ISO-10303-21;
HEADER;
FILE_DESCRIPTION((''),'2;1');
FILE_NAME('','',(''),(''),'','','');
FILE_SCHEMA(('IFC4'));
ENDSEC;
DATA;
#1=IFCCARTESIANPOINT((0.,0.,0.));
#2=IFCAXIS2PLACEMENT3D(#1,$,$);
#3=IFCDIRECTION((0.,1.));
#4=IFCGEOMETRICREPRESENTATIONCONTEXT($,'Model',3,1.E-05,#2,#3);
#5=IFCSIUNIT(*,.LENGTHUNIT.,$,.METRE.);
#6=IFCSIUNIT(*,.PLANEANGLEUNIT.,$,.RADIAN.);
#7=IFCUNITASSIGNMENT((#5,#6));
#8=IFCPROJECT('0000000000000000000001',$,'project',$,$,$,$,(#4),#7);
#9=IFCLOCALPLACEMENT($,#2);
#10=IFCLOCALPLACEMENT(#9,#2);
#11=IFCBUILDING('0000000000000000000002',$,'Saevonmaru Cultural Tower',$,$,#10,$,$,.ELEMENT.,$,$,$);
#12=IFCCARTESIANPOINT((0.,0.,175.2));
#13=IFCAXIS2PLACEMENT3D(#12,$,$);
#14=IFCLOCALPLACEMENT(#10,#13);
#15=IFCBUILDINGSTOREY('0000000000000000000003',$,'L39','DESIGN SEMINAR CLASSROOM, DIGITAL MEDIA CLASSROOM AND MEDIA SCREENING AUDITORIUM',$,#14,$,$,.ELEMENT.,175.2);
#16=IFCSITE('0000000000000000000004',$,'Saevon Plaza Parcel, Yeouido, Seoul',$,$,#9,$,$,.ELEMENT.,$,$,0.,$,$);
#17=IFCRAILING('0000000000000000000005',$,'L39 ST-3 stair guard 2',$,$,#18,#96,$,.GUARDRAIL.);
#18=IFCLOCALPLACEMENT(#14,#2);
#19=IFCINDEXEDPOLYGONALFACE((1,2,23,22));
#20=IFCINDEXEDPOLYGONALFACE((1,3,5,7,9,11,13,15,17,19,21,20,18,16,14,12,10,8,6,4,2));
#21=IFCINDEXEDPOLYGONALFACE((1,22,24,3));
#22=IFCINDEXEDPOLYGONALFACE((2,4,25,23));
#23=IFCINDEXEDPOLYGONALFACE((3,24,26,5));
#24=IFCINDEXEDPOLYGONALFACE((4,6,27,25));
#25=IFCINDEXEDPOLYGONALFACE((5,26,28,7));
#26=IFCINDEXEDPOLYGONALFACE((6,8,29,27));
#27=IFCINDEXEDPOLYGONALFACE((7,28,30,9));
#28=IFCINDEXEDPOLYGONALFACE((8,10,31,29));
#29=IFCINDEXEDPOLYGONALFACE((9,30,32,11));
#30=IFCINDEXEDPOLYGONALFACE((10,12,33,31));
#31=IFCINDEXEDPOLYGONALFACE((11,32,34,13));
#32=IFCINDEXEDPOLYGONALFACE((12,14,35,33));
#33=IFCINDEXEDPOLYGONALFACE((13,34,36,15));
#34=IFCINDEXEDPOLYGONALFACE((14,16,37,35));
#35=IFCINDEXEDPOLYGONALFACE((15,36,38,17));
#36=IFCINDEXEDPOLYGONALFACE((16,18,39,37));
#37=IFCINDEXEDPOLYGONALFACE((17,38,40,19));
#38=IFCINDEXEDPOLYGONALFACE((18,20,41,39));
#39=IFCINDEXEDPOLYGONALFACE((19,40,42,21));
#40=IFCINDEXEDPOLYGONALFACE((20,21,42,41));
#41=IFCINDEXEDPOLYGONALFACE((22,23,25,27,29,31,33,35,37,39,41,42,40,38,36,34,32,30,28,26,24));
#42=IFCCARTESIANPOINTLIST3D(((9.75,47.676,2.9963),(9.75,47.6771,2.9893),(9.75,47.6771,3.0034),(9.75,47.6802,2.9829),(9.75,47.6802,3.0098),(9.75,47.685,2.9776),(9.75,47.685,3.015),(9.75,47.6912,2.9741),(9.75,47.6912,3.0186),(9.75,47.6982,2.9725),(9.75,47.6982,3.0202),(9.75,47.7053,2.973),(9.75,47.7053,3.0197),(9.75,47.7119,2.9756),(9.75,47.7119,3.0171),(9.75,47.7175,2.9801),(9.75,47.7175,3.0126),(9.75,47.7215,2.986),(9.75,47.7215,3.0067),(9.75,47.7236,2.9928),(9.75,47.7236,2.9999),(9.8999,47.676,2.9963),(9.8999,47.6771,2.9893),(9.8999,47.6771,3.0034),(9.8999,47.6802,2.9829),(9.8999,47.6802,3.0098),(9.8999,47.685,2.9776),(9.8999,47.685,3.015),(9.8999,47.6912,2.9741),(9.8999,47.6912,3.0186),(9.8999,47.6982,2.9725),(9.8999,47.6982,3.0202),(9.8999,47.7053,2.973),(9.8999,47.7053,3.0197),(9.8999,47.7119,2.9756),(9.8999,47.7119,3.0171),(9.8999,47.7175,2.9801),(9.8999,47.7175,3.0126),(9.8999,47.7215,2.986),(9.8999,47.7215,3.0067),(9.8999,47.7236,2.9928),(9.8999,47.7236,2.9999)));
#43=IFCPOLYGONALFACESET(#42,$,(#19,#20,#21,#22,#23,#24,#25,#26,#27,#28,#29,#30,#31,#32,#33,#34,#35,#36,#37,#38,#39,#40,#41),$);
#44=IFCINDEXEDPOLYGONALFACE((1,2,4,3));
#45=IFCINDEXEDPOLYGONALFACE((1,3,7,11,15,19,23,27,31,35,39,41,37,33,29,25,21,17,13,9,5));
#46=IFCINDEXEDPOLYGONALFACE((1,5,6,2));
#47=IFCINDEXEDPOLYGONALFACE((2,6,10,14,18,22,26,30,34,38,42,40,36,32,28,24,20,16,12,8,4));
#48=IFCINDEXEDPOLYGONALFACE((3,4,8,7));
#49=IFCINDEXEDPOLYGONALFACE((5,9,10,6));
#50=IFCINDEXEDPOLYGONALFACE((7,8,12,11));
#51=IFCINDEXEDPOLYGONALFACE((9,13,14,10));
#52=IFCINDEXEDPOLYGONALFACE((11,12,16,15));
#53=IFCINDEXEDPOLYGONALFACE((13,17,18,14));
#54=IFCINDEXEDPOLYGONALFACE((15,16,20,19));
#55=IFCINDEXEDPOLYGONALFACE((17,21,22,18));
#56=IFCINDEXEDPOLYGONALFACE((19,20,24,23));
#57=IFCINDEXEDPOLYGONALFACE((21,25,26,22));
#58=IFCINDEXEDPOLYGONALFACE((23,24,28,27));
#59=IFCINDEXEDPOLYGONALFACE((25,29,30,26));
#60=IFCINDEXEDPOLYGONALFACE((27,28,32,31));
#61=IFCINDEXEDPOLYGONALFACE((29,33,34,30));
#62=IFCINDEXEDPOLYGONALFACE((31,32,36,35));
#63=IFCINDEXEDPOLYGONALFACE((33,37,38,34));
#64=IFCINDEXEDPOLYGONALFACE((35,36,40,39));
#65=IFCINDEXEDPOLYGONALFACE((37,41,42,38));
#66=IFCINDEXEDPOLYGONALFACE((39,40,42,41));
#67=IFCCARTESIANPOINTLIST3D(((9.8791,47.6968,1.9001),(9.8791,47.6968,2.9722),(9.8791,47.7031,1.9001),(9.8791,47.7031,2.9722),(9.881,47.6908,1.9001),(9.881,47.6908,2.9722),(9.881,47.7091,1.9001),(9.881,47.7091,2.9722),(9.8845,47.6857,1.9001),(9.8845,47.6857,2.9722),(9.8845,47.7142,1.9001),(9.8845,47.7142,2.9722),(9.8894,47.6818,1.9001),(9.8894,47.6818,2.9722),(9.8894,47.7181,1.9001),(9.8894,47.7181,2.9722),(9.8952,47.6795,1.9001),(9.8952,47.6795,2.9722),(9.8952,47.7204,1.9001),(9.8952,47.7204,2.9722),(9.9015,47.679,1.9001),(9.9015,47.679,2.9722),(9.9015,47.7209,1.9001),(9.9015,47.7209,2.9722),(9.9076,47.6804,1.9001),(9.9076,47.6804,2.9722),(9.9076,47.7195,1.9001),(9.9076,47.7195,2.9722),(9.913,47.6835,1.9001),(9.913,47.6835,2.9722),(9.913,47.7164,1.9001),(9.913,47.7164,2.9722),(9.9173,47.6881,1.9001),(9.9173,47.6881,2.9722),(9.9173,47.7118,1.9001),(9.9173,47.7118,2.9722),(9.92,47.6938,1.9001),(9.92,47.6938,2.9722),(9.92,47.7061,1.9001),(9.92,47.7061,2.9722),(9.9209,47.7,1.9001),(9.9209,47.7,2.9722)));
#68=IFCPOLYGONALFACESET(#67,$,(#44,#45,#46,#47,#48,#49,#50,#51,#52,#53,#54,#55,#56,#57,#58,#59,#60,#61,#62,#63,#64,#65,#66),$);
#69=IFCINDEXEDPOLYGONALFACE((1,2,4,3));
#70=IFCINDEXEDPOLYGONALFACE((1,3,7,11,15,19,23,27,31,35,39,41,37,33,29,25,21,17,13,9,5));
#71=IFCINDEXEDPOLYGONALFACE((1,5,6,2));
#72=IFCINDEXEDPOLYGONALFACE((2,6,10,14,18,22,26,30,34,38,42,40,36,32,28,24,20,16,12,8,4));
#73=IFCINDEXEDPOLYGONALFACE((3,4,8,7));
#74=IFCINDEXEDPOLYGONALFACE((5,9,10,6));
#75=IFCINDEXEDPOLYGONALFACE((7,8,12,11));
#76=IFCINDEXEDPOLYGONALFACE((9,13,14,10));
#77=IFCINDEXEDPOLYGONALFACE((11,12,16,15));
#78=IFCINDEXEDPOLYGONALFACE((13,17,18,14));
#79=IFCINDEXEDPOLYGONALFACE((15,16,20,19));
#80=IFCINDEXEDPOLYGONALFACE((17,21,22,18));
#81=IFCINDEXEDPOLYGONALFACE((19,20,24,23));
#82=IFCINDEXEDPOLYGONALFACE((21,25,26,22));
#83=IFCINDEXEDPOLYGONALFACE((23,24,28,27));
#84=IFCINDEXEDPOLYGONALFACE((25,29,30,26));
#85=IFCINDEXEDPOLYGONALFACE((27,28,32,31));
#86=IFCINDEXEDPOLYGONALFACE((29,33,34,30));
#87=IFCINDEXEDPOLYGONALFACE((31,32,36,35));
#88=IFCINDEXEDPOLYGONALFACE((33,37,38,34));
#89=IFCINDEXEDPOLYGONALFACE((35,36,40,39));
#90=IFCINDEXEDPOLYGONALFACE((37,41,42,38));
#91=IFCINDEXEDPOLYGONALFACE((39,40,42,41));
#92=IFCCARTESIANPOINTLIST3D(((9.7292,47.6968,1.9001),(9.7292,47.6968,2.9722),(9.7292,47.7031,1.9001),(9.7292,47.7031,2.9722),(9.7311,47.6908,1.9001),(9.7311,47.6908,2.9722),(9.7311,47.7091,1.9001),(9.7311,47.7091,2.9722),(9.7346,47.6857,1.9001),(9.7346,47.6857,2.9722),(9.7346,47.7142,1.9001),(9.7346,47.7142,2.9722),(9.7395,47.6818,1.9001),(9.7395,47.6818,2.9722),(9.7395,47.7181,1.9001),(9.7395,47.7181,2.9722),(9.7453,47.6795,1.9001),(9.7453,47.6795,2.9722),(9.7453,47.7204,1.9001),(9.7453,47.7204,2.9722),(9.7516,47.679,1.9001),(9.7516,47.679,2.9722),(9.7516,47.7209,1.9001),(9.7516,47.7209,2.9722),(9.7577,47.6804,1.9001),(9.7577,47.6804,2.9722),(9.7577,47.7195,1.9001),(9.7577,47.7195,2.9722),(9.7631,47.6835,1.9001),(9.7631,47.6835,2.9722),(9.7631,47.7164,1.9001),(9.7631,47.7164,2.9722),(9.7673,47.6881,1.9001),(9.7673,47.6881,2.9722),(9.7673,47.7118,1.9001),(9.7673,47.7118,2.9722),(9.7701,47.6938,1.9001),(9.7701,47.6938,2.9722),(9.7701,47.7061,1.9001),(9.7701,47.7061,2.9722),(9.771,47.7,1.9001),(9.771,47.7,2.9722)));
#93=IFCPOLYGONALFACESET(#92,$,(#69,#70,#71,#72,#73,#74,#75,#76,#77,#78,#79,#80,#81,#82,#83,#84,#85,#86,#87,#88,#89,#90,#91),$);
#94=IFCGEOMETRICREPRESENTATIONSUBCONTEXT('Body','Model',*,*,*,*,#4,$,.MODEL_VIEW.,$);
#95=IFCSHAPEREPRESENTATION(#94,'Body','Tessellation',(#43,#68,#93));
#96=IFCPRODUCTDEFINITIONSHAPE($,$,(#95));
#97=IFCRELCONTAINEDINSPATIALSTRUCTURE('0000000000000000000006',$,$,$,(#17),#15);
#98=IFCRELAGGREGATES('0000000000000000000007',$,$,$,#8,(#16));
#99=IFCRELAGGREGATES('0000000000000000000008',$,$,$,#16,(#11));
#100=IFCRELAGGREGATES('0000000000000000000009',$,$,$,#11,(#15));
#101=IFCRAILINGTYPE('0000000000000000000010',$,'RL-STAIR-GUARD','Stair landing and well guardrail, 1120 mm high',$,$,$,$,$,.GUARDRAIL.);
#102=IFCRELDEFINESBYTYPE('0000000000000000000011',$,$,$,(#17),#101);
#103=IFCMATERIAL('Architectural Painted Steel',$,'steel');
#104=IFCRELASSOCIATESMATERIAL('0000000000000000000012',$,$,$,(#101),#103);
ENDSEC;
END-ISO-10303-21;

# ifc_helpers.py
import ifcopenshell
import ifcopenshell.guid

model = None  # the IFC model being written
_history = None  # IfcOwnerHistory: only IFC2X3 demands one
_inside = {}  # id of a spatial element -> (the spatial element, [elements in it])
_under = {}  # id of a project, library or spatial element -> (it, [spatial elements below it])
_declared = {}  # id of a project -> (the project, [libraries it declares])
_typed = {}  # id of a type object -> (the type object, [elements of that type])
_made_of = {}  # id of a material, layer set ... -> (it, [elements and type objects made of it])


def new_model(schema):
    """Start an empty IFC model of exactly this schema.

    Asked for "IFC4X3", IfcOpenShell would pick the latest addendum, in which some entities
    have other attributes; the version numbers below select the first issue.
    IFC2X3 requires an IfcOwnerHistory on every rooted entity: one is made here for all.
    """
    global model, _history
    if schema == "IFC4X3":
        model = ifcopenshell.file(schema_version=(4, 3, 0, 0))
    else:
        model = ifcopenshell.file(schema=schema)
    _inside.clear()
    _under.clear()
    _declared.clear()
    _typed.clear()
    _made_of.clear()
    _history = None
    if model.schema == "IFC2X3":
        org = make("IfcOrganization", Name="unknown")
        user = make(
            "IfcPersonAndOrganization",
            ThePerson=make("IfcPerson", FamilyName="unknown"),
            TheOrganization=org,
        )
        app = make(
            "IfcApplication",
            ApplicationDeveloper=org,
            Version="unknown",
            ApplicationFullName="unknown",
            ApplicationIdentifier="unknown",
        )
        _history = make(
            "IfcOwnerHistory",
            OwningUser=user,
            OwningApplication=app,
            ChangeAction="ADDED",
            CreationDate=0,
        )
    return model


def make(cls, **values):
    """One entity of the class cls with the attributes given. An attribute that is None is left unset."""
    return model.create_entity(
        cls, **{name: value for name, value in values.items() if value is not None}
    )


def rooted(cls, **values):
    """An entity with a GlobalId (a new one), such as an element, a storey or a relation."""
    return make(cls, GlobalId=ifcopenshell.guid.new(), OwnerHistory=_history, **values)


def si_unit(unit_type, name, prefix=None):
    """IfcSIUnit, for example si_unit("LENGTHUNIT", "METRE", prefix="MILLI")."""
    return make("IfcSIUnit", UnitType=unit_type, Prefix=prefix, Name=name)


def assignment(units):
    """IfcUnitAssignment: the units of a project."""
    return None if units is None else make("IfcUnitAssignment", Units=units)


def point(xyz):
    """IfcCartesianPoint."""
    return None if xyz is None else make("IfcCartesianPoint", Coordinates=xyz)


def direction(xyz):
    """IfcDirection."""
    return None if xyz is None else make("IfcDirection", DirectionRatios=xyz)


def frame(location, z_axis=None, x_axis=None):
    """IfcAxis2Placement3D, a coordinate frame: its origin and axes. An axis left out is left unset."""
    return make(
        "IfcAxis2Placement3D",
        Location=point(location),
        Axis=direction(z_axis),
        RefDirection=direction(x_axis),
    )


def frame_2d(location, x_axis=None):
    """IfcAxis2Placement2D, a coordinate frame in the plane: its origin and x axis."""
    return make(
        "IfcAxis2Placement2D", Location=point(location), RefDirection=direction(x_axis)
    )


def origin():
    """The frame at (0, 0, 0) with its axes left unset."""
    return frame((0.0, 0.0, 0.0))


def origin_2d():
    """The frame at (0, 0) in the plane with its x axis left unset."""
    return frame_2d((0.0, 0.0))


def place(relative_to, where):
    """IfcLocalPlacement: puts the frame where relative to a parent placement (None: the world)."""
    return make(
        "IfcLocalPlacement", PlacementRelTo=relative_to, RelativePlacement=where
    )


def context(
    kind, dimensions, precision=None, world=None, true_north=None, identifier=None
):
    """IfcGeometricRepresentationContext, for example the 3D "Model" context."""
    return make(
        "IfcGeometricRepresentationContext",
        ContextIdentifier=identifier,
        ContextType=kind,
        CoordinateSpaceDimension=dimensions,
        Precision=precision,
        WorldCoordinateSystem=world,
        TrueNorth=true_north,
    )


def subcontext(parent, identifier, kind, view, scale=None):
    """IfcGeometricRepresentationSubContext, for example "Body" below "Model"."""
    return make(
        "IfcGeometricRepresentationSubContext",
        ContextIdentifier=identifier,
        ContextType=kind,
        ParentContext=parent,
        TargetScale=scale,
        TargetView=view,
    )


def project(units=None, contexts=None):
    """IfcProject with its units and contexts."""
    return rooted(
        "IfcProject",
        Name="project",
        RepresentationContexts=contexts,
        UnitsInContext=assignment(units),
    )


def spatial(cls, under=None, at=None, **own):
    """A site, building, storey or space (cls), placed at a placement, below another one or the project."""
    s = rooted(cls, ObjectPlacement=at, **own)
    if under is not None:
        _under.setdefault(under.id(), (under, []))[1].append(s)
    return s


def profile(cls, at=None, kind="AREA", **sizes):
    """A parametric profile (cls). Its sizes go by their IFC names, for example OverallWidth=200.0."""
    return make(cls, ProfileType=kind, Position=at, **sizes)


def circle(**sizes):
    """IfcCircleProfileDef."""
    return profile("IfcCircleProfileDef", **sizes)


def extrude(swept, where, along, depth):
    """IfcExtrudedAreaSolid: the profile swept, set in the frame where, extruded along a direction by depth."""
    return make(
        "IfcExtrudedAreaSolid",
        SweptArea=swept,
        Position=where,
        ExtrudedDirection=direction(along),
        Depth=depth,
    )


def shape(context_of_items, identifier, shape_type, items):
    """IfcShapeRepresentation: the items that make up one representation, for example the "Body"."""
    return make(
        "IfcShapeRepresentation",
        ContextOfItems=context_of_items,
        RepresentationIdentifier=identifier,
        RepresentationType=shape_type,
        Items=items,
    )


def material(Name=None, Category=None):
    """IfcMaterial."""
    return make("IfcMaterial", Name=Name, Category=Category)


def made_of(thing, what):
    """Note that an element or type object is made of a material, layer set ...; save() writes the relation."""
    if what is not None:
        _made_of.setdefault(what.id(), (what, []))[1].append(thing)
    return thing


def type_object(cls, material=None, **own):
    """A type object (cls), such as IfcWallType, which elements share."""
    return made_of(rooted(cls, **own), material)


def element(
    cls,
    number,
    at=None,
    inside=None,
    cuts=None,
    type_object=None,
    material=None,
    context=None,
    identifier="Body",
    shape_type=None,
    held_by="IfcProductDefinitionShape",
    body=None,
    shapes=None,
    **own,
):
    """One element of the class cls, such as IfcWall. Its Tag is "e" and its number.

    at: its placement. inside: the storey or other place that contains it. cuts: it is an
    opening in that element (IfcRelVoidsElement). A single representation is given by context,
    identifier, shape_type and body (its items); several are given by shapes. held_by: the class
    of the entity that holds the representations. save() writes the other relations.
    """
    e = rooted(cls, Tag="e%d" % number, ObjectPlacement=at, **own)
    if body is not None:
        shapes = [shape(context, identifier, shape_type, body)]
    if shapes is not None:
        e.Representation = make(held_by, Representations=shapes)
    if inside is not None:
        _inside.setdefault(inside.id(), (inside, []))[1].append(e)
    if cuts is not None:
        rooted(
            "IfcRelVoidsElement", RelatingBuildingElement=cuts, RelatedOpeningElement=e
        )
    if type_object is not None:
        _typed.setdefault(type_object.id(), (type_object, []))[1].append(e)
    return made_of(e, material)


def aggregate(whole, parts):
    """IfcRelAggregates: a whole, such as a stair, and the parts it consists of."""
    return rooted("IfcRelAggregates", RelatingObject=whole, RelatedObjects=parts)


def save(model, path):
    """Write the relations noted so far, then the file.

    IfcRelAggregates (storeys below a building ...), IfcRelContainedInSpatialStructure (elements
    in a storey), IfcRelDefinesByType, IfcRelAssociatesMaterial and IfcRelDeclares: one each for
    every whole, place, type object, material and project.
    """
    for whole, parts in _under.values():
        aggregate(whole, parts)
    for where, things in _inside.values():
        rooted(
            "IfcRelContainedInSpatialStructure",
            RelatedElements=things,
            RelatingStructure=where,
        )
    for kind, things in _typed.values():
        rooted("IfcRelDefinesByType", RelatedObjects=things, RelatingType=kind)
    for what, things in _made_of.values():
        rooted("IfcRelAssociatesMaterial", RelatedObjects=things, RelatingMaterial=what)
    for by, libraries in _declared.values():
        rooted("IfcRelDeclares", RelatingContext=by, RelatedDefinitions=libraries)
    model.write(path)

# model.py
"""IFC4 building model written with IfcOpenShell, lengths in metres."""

from ifc_helpers import new_model, si_unit, direction, frame, origin, origin_2d, place, context, subcontext, project, spatial, circle, extrude, material, type_object, element, save


model = new_model("IFC4")

# Units and contexts
model_context = context("Model", 3, precision=1e-05, world=origin(), true_north=direction((0.0, 1.0)))
body_context = subcontext(model_context, "Body", "Model", "MODEL_VIEW")
ifc_project = project(units=[si_unit("LENGTHUNIT", "METRE"), si_unit("PLANEANGLEUNIT", "RADIAN")], contexts=[model_context])

# Site, building, storey
site_placement = place(None, origin())
site = spatial("IfcSite", under=ifc_project, at=site_placement, Name="Saevon Plaza Parcel, Yeouido, Seoul", CompositionType="ELEMENT", RefElevation=0.0)
building_placement = place(site_placement, origin())
building = spatial("IfcBuilding", under=site, at=building_placement, Name="Saevonmaru Cultural Tower", CompositionType="ELEMENT")
storey_placement = place(building_placement, frame((0.0, 0.0, 175.2)))
storey = spatial("IfcBuildingStorey", under=building, at=storey_placement, Name="L39", Description="DESIGN SEMINAR CLASSROOM, DIGITAL MEDIA CLASSROOM AND MEDIA SCREENING AUDITORIUM", CompositionType="ELEMENT", Elevation=175.2)

# Railing
ifc_material_1 = material(Name="Architectural Painted Steel", Category="steel")
railing_type_1 = type_object("IfcRailingType", Name="RL-STAIR-GUARD", Description="Stair landing and well guardrail, 1120 mm high", PredefinedType="GUARDRAIL", material=ifc_material_1)
railing_1_placement = place(storey_placement, frame((9.8999, 47.7, 1.9001)))
element("IfcRailing", 1, at=railing_1_placement, inside=storey, type_object=railing_type_1, Name="L39 ST-3 stair guard 2", PredefinedType="GUARDRAIL", context=body_context, shape_type="SweptSolid", body=[
    extrude(circle(Radius=0.0239, at=origin_2d()), frame((0.0, 0.0, 1.0962), z_axis=(-1.0, 0.0, 0.0), x_axis=(0.0, -1.0, 0.0)), (0.0, 0.0, 1.0), 0.1499),
    extrude(circle(Radius=0.021, at=origin_2d()), origin(), (0.0, 0.0, 1.0), 1.072),
    extrude(circle(Radius=0.021, at=origin_2d()), frame((-0.1499, 0.0, 0.0)), (0.0, 0.0, 1.0), 1.072),
])

save(model, "model.ifc")
